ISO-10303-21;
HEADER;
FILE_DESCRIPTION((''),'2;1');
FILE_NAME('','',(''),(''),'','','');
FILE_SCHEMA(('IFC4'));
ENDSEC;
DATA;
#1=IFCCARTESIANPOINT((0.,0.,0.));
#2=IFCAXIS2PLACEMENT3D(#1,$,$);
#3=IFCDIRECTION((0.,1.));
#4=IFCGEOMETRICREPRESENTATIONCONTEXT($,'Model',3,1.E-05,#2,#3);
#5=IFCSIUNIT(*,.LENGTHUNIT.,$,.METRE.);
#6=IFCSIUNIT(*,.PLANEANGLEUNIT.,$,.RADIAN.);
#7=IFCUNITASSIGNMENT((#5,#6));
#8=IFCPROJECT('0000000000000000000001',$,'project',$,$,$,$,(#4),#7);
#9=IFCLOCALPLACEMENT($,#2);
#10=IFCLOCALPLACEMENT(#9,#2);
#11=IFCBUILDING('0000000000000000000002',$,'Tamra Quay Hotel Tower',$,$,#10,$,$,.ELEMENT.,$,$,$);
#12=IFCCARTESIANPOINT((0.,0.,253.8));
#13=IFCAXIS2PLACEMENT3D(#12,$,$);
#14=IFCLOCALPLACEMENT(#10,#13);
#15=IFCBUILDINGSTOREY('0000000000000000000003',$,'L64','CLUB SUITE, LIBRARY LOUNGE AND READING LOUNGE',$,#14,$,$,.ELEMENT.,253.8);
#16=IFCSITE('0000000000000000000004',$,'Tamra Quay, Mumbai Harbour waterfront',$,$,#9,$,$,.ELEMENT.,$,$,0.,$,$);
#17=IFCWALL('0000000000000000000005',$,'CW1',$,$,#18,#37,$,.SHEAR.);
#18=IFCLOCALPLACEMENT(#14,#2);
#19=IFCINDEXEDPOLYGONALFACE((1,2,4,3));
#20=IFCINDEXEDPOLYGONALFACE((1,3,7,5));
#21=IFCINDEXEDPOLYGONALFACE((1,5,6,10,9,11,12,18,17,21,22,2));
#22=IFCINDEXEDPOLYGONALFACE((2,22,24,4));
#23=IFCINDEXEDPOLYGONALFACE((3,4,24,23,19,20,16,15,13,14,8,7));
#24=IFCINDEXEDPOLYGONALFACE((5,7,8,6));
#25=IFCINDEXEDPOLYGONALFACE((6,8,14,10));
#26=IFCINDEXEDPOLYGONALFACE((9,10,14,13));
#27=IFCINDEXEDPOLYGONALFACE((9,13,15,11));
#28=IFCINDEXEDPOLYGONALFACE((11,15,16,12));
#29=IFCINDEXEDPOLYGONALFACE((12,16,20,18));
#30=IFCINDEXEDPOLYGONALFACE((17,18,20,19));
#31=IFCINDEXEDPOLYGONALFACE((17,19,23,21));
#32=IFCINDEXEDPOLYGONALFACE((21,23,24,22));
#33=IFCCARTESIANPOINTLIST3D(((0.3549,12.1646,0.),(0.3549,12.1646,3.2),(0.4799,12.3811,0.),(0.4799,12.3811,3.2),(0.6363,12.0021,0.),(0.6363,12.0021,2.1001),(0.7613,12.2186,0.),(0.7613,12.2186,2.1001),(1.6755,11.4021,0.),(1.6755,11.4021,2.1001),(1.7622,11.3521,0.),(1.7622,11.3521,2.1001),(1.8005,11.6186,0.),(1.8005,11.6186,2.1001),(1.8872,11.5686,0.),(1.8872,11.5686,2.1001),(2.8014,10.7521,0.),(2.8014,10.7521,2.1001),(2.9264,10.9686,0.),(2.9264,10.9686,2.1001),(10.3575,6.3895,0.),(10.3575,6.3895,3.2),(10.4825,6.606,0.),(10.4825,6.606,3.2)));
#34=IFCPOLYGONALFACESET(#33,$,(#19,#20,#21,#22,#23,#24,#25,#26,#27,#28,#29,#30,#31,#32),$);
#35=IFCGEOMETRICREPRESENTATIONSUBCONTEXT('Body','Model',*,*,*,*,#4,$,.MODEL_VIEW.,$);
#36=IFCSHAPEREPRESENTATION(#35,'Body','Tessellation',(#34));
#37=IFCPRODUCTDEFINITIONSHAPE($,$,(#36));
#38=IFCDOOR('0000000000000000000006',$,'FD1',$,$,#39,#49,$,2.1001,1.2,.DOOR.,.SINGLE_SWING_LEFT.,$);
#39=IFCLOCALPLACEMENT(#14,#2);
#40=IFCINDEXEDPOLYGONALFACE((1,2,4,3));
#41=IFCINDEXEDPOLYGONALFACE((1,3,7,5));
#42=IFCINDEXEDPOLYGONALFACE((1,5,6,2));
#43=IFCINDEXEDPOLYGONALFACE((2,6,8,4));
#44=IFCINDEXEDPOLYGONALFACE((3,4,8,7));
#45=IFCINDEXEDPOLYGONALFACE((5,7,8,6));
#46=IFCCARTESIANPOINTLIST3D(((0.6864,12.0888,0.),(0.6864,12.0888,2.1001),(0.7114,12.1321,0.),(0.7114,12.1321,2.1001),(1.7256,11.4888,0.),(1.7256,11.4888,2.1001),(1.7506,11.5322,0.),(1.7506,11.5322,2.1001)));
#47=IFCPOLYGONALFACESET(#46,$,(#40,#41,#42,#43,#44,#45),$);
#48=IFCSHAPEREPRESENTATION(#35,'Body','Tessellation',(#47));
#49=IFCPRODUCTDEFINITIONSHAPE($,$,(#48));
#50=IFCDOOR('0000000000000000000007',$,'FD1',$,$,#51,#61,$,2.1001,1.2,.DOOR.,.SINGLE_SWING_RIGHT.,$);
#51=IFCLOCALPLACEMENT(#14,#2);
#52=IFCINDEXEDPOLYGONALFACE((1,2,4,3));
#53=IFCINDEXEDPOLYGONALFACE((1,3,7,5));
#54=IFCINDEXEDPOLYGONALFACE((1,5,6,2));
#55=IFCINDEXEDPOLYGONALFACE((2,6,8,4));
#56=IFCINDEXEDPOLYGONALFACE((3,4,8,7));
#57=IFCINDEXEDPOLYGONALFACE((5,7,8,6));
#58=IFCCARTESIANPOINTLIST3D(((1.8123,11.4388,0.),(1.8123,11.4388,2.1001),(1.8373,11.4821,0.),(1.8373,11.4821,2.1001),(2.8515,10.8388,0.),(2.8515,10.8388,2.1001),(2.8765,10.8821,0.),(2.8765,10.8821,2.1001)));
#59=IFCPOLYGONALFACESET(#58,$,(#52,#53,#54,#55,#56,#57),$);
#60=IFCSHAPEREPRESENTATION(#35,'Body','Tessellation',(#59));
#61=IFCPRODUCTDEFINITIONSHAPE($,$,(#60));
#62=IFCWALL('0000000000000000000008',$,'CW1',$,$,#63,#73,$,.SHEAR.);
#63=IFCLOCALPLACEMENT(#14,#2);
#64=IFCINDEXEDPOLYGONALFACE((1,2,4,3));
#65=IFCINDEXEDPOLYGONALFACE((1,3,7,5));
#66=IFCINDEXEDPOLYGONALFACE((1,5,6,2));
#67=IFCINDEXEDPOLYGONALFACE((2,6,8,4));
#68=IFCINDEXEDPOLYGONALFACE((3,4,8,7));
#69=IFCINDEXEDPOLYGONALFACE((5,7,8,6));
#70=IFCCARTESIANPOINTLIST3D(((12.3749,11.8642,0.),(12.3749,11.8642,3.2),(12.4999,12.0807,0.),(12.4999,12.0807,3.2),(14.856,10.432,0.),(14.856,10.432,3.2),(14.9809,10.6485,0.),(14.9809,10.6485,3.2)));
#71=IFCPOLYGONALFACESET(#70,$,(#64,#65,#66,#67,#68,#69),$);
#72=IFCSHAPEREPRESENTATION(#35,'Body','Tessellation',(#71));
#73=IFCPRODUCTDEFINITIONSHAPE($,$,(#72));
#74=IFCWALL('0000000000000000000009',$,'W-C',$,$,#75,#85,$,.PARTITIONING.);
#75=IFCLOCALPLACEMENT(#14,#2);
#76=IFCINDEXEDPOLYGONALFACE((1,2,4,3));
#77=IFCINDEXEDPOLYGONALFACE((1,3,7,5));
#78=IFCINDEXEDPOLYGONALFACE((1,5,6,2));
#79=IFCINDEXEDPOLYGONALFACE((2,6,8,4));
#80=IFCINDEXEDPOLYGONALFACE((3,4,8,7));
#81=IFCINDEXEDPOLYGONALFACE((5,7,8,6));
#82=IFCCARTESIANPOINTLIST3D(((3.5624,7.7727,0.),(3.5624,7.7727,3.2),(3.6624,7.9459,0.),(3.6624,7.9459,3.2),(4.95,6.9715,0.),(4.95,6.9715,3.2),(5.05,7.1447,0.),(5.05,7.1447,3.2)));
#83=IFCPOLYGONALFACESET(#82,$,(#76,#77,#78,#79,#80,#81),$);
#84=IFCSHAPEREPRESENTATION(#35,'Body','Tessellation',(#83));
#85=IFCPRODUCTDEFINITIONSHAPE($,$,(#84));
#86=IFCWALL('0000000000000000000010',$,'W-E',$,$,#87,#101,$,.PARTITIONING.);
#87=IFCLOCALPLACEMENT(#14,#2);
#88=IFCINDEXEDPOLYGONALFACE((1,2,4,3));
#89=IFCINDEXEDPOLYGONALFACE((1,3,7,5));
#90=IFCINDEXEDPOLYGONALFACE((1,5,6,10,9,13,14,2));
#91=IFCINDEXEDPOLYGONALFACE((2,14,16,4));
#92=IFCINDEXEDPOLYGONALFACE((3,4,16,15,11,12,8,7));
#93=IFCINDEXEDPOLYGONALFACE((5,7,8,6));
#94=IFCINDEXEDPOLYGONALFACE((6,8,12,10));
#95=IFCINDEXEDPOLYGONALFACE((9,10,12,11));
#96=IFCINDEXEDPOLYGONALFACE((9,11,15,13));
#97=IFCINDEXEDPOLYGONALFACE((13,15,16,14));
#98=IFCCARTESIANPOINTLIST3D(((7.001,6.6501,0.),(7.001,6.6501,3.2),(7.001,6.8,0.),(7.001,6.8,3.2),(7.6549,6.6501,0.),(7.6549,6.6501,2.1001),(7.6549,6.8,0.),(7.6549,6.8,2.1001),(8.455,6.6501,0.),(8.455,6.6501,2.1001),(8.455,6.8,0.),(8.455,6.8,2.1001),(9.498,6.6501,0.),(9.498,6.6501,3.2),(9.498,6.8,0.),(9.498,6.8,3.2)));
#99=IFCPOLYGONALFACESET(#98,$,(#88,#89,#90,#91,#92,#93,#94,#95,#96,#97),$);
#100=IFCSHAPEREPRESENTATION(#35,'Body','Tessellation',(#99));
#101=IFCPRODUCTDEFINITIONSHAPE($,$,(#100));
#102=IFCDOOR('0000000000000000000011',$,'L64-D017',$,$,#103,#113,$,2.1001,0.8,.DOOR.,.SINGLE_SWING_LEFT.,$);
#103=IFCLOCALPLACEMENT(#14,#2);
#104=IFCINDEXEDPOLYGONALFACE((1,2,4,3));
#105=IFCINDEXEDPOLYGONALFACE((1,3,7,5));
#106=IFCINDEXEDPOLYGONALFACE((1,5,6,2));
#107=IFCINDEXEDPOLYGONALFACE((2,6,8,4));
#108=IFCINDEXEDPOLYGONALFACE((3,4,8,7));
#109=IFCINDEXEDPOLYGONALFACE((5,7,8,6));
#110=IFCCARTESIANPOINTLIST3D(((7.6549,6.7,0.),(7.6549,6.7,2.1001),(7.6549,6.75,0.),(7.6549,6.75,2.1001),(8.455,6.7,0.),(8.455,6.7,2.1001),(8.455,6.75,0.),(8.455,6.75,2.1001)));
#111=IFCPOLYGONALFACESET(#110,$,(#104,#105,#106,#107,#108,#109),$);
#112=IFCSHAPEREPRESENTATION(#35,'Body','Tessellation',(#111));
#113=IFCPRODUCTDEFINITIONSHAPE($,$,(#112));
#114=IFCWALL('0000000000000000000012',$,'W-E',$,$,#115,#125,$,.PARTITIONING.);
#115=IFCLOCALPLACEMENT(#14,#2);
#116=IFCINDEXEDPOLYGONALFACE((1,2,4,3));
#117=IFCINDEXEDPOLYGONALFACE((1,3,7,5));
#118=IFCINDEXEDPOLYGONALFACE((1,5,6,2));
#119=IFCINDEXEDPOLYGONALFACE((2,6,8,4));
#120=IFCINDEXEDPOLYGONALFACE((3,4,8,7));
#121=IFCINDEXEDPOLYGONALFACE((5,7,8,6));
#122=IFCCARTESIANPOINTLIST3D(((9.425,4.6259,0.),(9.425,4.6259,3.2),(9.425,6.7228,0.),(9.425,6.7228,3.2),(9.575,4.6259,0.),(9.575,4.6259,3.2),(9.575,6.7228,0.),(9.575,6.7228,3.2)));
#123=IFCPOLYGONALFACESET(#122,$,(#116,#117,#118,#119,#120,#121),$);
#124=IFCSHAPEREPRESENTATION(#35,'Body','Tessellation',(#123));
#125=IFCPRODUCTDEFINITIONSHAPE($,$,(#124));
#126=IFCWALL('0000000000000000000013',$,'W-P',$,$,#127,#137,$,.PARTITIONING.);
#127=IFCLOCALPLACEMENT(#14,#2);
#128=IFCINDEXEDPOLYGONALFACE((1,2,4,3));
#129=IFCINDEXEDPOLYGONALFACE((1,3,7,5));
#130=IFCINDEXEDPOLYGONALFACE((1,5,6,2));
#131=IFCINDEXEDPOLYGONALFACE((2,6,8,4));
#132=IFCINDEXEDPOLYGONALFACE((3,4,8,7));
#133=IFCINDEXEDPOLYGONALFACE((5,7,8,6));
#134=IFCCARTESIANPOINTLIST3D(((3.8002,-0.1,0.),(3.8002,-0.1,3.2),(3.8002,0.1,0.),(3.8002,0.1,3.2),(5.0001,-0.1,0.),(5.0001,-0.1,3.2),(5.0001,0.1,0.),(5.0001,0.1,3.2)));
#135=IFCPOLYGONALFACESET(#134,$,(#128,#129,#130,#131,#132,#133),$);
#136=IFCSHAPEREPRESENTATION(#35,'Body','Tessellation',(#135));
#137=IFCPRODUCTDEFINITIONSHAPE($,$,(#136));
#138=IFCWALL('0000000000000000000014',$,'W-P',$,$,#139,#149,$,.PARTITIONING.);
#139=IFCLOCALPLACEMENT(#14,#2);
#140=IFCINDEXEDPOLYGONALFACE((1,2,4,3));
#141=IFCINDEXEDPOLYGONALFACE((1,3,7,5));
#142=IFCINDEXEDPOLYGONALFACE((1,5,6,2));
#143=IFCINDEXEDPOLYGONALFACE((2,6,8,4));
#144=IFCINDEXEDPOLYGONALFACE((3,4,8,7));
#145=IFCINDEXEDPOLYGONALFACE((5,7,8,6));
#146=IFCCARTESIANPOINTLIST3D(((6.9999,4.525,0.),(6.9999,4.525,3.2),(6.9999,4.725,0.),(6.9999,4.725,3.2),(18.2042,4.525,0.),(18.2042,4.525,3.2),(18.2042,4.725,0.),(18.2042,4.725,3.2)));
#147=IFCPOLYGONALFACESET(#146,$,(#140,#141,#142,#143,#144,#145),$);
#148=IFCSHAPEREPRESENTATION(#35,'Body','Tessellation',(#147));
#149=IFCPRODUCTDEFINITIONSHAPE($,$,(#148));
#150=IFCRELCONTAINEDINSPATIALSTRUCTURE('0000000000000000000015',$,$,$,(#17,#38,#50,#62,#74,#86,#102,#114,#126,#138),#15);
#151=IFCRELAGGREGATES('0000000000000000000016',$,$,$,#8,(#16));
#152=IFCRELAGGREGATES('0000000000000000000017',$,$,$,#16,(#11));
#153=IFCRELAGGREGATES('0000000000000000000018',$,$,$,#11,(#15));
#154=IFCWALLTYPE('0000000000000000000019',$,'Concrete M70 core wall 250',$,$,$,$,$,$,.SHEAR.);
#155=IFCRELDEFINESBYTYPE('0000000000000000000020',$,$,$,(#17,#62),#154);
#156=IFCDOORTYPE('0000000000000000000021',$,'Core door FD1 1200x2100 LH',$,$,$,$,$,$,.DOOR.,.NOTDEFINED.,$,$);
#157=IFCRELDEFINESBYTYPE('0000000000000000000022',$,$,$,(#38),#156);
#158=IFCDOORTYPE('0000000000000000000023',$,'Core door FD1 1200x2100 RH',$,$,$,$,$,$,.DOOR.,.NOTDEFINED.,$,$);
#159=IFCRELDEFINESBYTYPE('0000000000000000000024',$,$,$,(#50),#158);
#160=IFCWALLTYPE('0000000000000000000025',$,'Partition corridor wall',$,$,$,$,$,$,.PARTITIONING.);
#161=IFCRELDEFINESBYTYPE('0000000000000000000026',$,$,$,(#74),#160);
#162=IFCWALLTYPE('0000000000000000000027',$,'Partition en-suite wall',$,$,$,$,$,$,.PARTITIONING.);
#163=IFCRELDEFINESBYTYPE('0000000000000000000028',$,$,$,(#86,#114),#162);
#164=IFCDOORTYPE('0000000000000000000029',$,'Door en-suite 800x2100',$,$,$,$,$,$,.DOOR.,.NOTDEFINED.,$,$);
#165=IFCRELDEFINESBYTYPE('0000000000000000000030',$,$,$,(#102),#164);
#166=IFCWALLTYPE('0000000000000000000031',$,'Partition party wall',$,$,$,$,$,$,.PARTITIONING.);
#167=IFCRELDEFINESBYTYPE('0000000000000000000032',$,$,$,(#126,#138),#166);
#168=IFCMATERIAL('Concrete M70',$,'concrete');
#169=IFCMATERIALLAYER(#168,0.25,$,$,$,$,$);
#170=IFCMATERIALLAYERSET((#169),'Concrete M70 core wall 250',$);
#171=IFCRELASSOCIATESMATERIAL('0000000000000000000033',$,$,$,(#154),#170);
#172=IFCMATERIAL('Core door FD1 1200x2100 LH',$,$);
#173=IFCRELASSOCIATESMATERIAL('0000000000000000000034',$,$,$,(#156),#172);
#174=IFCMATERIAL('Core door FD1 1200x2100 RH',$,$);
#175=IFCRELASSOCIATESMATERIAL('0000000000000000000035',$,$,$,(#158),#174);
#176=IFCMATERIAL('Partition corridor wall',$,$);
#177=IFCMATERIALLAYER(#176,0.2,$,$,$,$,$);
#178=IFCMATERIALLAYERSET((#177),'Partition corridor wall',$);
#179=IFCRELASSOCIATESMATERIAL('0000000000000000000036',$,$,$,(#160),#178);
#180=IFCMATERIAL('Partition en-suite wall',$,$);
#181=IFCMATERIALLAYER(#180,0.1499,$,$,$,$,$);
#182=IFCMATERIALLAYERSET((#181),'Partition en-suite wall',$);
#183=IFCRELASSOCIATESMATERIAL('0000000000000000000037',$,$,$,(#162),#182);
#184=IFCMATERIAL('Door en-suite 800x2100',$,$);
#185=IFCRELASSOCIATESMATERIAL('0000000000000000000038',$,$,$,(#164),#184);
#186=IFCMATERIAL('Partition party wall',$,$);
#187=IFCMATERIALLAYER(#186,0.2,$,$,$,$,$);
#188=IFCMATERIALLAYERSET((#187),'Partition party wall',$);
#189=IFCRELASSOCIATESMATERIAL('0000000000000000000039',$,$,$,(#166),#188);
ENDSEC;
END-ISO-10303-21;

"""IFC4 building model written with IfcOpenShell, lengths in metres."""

from ifc_helpers import new_model, si_unit, direction, frame, frame_2d, origin, place, context, subcontext, project, spatial, rectangle, extrude, material, layer, layer_set, type_object, element, fill, save


model = new_model("IFC4")

# Units and contexts
model_context = context("Model", 3, precision=1e-05, world=origin(), true_north=direction((0.0, 1.0)))
body_context = subcontext(model_context, "Body", "Model", "MODEL_VIEW")
ifc_project = project(units=[si_unit("LENGTHUNIT", "METRE"), si_unit("PLANEANGLEUNIT", "RADIAN")], contexts=[model_context])

# Site, building, storey
site_placement = place(None, origin())
site = spatial("IfcSite", under=ifc_project, at=site_placement, Name="Tamra Quay, Mumbai Harbour waterfront", CompositionType="ELEMENT", RefElevation=0.0)
building_placement = place(site_placement, origin())
building = spatial("IfcBuilding", under=site, at=building_placement, Name="Tamra Quay Hotel Tower", CompositionType="ELEMENT")
storey_placement = place(building_placement, frame((0.0, 0.0, 253.8)))
storey = spatial("IfcBuildingStorey", under=building, at=storey_placement, Name="L64", Description="CLUB SUITE, LIBRARY LOUNGE AND READING LOUNGE", CompositionType="ELEMENT", Elevation=253.8)

# Shared definitions
ifc_material_1 = material(Name="Concrete M70", Category="concrete")

# Wall, openings, doors
ifc_layer_1 = layer(ifc_material_1, 0.25)
ifc_layer_set_1 = layer_set([ifc_layer_1], Name="Concrete M70 core wall 250")
wall_type_1 = type_object("IfcWallType", Name="Concrete M70 core wall 250", PredefinedType="SHEAR", material=ifc_layer_set_1)
wall_1_placement = place(storey_placement, frame((10.4199, 6.4978, 0.0), z_axis=(0.0, 0.0, 1.0), x_axis=(-0.866022, 0.500006, 0.0)))
wall_1 = element("IfcWall", 1, at=wall_1_placement, inside=storey, type_object=wall_type_1, Name="CW1", PredefinedType="SHEAR", context=body_context, shape_type="SweptSolid", body=[
    extrude(rectangle(XDim=11.55, YDim=0.25, at=frame_2d((5.7749, 0.0))), origin(), (0.0, 0.0, 1.0), 3.2),
])
opening_1_placement = place(wall_1_placement, frame((10.0249, 0.0, 0.0)))
opening_1 = element("IfcOpeningElement", 2, at=opening_1_placement, cuts=wall_1, PredefinedType="OPENING", context=body_context, shape_type="SweptSolid", body=[
    extrude(rectangle(XDim=1.2, YDim=2.1001, at=frame_2d((0.6001, 1.05))), frame((0.0, 0.135, 0.0), z_axis=(0.0, -1.0, 0.0), x_axis=(1.0, 0.0, 0.0)), (0.0, 0.0, 1.0), 0.27),
])
opening_2_placement = place(wall_1_placement, frame((8.7249, 0.0, 0.0)))
opening_2 = element("IfcOpeningElement", 3, at=opening_2_placement, cuts=wall_1, PredefinedType="OPENING", context=body_context, shape_type="SweptSolid", body=[
    extrude(rectangle(XDim=1.2, YDim=2.1001, at=frame_2d((0.6001, 1.05))), frame((0.0, 0.135, 0.0), z_axis=(0.0, -1.0, 0.0), x_axis=(1.0, 0.0, 0.0)), (0.0, 0.0, 1.0), 0.27),
])
ifc_material_2 = material(Name="Core door FD1 1200x2100 LH")
door_type_1 = type_object("IfcDoorType", Name="Core door FD1 1200x2100 LH", OperationType="NOTDEFINED", PredefinedType="DOOR", material=ifc_material_2)
door_1_placement = place(opening_1_placement, origin())
door_1 = element("IfcDoor", 4, at=door_1_placement, inside=storey, type_object=door_type_1, Name="FD1", OperationType="SINGLE_SWING_LEFT", OverallHeight=2.1001, OverallWidth=1.2, PredefinedType="DOOR", context=body_context, shape_type="SweptSolid", body=[
    extrude(rectangle(XDim=1.2, YDim=2.1001, at=frame_2d((0.6001, 1.05))), frame((0.0, 0.0249, 0.0), z_axis=(0.0, -1.0, 0.0), x_axis=(1.0, 0.0, 0.0)), (0.0, 0.0, 1.0), 0.05),
])
fill(opening_1, door_1)
ifc_material_3 = material(Name="Core door FD1 1200x2100 RH")
door_type_2 = type_object("IfcDoorType", Name="Core door FD1 1200x2100 RH", OperationType="NOTDEFINED", PredefinedType="DOOR", material=ifc_material_3)
door_2_placement = place(opening_2_placement, origin())
door_2 = element("IfcDoor", 5, at=door_2_placement, inside=storey, type_object=door_type_2, Name="FD1", OperationType="SINGLE_SWING_RIGHT", OverallHeight=2.1001, OverallWidth=1.2, PredefinedType="DOOR", context=body_context, shape_type="SweptSolid", body=[
    extrude(rectangle(XDim=1.2, YDim=2.1001, at=frame_2d((0.6001, 1.05))), frame((0.0, 0.0249, 0.0), z_axis=(0.0, -1.0, 0.0), x_axis=(1.0, 0.0, 0.0)), (0.0, 0.0, 1.0), 0.05),
])
fill(opening_2, door_2)

# Walls
wall_2_placement = place(storey_placement, frame((14.9185, 10.5403, 0.0), z_axis=(0.0, 0.0, 1.0), x_axis=(-0.866064, 0.499934, 0.0)))
element("IfcWall", 6, at=wall_2_placement, inside=storey, type_object=wall_type_1, Name="CW1", PredefinedType="SHEAR", context=body_context, shape_type="SweptSolid", body=[
    extrude(rectangle(XDim=2.8647, YDim=0.25, at=frame_2d((1.4324, 0.0))), origin(), (0.0, 0.0, 1.0), 3.2),
])
ifc_material_4 = material(Name="Partition corridor wall")
ifc_layer_2 = layer(ifc_material_4, 0.2)
ifc_layer_set_2 = layer_set([ifc_layer_2], Name="Partition corridor wall")
wall_type_2 = type_object("IfcWallType", Name="Partition corridor wall", PredefinedType="PARTITIONING", material=ifc_layer_set_2)
wall_3_placement = place(storey_placement, frame((3.6123, 7.8594, 0.0), z_axis=(0.0, 0.0, 1.0), x_axis=(0.866003, -0.500039, 0.0)))
element("IfcWall", 7, at=wall_3_placement, inside=storey, type_object=wall_type_2, Name="W-C", PredefinedType="PARTITIONING", context=body_context, shape_type="SweptSolid", body=[
    extrude(rectangle(XDim=1.6023, YDim=0.2, at=frame_2d((0.8013, 0.0))), origin(), (0.0, 0.0, 1.0), 3.2),
])

# Wall, opening, door
ifc_material_5 = material(Name="Partition en-suite wall")
ifc_layer_3 = layer(ifc_material_5, 0.1499)
ifc_layer_set_3 = layer_set([ifc_layer_3], Name="Partition en-suite wall")
wall_type_3 = type_object("IfcWallType", Name="Partition en-suite wall", PredefinedType="PARTITIONING", material=ifc_layer_set_3)
wall_4_placement = place(storey_placement, frame((7.001, 6.7251, 0.0), z_axis=(0.0, 0.0, 1.0), x_axis=(1.0, 0.0, 0.0)))
wall_4 = element("IfcWall", 8, at=wall_4_placement, inside=storey, type_object=wall_type_3, Name="W-E", PredefinedType="PARTITIONING", context=body_context, shape_type="SweptSolid", body=[
    extrude(rectangle(XDim=2.4971, YDim=0.1499, at=frame_2d((1.2485, 0.0))), origin(), (0.0, 0.0, 1.0), 3.2),
])
opening_3_placement = place(wall_4_placement, frame((0.6541, 0.0, 0.0)))
opening_3 = element("IfcOpeningElement", 9, at=opening_3_placement, cuts=wall_4, PredefinedType="OPENING", context=body_context, shape_type="SweptSolid", body=[
    extrude(rectangle(XDim=0.8, YDim=2.1001, at=frame_2d((0.3999, 1.05))), frame((0.0, 0.085, 0.0), z_axis=(0.0, -1.0, 0.0), x_axis=(1.0, 0.0, 0.0)), (0.0, 0.0, 1.0), 0.1699),
])
ifc_material_6 = material(Name="Door en-suite 800x2100")
door_type_3 = type_object("IfcDoorType", Name="Door en-suite 800x2100", OperationType="NOTDEFINED", PredefinedType="DOOR", material=ifc_material_6)
door_3_placement = place(opening_3_placement, origin())
door_3 = element("IfcDoor", 10, at=door_3_placement, inside=storey, type_object=door_type_3, Name="L64-D017", OperationType="SINGLE_SWING_LEFT", OverallHeight=2.1001, OverallWidth=0.8, PredefinedType="DOOR", context=body_context, shape_type="SweptSolid", body=[
    extrude(rectangle(XDim=0.8, YDim=2.1001, at=frame_2d((0.3999, 1.05))), frame((0.0, 0.0249, 0.0), z_axis=(0.0, -1.0, 0.0), x_axis=(1.0, 0.0, 0.0)), (0.0, 0.0, 1.0), 0.05),
])
fill(opening_3, door_3)

# Walls
wall_5_placement = place(storey_placement, frame((9.5, 4.626, 0.0), z_axis=(0.0, 0.0, 1.0), x_axis=(0.0, 1.0, 0.0)))
element("IfcWall", 11, at=wall_5_placement, inside=storey, type_object=wall_type_3, Name="W-E", PredefinedType="PARTITIONING", context=body_context, shape_type="SweptSolid", body=[
    extrude(rectangle(XDim=2.0969, YDim=0.1499, at=frame_2d((1.0483, 0.0))), origin(), (0.0, 0.0, 1.0), 3.2),
])
ifc_material_7 = material(Name="Partition party wall")
ifc_layer_4 = layer(ifc_material_7, 0.2)
ifc_layer_set_4 = layer_set([ifc_layer_4], Name="Partition party wall")
wall_type_4 = type_object("IfcWallType", Name="Partition party wall", PredefinedType="PARTITIONING", material=ifc_layer_set_4)
wall_6_placement = place(storey_placement, frame((3.8, 0.0, 0.0), z_axis=(0.0, 0.0, 1.0), x_axis=(1.0, 0.0, 0.0)))
element("IfcWall", 12, at=wall_6_placement, inside=storey, type_object=wall_type_4, Name="W-P", PredefinedType="PARTITIONING", context=body_context, shape_type="SweptSolid", body=[
    extrude(rectangle(XDim=1.2, YDim=0.2, at=frame_2d((0.6001, 0.0))), origin(), (0.0, 0.0, 1.0), 3.2),
])
wall_7_placement = place(storey_placement, frame((7.0, 4.625, 0.0), z_axis=(0.0, 0.0, 1.0), x_axis=(1.0, 0.0, 0.0)))
element("IfcWall", 13, at=wall_7_placement, inside=storey, type_object=wall_type_4, Name="W-P", PredefinedType="PARTITIONING", context=body_context, shape_type="SweptSolid", body=[
    extrude(rectangle(XDim=11.2043, YDim=0.2, at=frame_2d((5.6021, 0.0))), origin(), (0.0, 0.0, 1.0), 3.2),
])

save(model, "model.ifc")
